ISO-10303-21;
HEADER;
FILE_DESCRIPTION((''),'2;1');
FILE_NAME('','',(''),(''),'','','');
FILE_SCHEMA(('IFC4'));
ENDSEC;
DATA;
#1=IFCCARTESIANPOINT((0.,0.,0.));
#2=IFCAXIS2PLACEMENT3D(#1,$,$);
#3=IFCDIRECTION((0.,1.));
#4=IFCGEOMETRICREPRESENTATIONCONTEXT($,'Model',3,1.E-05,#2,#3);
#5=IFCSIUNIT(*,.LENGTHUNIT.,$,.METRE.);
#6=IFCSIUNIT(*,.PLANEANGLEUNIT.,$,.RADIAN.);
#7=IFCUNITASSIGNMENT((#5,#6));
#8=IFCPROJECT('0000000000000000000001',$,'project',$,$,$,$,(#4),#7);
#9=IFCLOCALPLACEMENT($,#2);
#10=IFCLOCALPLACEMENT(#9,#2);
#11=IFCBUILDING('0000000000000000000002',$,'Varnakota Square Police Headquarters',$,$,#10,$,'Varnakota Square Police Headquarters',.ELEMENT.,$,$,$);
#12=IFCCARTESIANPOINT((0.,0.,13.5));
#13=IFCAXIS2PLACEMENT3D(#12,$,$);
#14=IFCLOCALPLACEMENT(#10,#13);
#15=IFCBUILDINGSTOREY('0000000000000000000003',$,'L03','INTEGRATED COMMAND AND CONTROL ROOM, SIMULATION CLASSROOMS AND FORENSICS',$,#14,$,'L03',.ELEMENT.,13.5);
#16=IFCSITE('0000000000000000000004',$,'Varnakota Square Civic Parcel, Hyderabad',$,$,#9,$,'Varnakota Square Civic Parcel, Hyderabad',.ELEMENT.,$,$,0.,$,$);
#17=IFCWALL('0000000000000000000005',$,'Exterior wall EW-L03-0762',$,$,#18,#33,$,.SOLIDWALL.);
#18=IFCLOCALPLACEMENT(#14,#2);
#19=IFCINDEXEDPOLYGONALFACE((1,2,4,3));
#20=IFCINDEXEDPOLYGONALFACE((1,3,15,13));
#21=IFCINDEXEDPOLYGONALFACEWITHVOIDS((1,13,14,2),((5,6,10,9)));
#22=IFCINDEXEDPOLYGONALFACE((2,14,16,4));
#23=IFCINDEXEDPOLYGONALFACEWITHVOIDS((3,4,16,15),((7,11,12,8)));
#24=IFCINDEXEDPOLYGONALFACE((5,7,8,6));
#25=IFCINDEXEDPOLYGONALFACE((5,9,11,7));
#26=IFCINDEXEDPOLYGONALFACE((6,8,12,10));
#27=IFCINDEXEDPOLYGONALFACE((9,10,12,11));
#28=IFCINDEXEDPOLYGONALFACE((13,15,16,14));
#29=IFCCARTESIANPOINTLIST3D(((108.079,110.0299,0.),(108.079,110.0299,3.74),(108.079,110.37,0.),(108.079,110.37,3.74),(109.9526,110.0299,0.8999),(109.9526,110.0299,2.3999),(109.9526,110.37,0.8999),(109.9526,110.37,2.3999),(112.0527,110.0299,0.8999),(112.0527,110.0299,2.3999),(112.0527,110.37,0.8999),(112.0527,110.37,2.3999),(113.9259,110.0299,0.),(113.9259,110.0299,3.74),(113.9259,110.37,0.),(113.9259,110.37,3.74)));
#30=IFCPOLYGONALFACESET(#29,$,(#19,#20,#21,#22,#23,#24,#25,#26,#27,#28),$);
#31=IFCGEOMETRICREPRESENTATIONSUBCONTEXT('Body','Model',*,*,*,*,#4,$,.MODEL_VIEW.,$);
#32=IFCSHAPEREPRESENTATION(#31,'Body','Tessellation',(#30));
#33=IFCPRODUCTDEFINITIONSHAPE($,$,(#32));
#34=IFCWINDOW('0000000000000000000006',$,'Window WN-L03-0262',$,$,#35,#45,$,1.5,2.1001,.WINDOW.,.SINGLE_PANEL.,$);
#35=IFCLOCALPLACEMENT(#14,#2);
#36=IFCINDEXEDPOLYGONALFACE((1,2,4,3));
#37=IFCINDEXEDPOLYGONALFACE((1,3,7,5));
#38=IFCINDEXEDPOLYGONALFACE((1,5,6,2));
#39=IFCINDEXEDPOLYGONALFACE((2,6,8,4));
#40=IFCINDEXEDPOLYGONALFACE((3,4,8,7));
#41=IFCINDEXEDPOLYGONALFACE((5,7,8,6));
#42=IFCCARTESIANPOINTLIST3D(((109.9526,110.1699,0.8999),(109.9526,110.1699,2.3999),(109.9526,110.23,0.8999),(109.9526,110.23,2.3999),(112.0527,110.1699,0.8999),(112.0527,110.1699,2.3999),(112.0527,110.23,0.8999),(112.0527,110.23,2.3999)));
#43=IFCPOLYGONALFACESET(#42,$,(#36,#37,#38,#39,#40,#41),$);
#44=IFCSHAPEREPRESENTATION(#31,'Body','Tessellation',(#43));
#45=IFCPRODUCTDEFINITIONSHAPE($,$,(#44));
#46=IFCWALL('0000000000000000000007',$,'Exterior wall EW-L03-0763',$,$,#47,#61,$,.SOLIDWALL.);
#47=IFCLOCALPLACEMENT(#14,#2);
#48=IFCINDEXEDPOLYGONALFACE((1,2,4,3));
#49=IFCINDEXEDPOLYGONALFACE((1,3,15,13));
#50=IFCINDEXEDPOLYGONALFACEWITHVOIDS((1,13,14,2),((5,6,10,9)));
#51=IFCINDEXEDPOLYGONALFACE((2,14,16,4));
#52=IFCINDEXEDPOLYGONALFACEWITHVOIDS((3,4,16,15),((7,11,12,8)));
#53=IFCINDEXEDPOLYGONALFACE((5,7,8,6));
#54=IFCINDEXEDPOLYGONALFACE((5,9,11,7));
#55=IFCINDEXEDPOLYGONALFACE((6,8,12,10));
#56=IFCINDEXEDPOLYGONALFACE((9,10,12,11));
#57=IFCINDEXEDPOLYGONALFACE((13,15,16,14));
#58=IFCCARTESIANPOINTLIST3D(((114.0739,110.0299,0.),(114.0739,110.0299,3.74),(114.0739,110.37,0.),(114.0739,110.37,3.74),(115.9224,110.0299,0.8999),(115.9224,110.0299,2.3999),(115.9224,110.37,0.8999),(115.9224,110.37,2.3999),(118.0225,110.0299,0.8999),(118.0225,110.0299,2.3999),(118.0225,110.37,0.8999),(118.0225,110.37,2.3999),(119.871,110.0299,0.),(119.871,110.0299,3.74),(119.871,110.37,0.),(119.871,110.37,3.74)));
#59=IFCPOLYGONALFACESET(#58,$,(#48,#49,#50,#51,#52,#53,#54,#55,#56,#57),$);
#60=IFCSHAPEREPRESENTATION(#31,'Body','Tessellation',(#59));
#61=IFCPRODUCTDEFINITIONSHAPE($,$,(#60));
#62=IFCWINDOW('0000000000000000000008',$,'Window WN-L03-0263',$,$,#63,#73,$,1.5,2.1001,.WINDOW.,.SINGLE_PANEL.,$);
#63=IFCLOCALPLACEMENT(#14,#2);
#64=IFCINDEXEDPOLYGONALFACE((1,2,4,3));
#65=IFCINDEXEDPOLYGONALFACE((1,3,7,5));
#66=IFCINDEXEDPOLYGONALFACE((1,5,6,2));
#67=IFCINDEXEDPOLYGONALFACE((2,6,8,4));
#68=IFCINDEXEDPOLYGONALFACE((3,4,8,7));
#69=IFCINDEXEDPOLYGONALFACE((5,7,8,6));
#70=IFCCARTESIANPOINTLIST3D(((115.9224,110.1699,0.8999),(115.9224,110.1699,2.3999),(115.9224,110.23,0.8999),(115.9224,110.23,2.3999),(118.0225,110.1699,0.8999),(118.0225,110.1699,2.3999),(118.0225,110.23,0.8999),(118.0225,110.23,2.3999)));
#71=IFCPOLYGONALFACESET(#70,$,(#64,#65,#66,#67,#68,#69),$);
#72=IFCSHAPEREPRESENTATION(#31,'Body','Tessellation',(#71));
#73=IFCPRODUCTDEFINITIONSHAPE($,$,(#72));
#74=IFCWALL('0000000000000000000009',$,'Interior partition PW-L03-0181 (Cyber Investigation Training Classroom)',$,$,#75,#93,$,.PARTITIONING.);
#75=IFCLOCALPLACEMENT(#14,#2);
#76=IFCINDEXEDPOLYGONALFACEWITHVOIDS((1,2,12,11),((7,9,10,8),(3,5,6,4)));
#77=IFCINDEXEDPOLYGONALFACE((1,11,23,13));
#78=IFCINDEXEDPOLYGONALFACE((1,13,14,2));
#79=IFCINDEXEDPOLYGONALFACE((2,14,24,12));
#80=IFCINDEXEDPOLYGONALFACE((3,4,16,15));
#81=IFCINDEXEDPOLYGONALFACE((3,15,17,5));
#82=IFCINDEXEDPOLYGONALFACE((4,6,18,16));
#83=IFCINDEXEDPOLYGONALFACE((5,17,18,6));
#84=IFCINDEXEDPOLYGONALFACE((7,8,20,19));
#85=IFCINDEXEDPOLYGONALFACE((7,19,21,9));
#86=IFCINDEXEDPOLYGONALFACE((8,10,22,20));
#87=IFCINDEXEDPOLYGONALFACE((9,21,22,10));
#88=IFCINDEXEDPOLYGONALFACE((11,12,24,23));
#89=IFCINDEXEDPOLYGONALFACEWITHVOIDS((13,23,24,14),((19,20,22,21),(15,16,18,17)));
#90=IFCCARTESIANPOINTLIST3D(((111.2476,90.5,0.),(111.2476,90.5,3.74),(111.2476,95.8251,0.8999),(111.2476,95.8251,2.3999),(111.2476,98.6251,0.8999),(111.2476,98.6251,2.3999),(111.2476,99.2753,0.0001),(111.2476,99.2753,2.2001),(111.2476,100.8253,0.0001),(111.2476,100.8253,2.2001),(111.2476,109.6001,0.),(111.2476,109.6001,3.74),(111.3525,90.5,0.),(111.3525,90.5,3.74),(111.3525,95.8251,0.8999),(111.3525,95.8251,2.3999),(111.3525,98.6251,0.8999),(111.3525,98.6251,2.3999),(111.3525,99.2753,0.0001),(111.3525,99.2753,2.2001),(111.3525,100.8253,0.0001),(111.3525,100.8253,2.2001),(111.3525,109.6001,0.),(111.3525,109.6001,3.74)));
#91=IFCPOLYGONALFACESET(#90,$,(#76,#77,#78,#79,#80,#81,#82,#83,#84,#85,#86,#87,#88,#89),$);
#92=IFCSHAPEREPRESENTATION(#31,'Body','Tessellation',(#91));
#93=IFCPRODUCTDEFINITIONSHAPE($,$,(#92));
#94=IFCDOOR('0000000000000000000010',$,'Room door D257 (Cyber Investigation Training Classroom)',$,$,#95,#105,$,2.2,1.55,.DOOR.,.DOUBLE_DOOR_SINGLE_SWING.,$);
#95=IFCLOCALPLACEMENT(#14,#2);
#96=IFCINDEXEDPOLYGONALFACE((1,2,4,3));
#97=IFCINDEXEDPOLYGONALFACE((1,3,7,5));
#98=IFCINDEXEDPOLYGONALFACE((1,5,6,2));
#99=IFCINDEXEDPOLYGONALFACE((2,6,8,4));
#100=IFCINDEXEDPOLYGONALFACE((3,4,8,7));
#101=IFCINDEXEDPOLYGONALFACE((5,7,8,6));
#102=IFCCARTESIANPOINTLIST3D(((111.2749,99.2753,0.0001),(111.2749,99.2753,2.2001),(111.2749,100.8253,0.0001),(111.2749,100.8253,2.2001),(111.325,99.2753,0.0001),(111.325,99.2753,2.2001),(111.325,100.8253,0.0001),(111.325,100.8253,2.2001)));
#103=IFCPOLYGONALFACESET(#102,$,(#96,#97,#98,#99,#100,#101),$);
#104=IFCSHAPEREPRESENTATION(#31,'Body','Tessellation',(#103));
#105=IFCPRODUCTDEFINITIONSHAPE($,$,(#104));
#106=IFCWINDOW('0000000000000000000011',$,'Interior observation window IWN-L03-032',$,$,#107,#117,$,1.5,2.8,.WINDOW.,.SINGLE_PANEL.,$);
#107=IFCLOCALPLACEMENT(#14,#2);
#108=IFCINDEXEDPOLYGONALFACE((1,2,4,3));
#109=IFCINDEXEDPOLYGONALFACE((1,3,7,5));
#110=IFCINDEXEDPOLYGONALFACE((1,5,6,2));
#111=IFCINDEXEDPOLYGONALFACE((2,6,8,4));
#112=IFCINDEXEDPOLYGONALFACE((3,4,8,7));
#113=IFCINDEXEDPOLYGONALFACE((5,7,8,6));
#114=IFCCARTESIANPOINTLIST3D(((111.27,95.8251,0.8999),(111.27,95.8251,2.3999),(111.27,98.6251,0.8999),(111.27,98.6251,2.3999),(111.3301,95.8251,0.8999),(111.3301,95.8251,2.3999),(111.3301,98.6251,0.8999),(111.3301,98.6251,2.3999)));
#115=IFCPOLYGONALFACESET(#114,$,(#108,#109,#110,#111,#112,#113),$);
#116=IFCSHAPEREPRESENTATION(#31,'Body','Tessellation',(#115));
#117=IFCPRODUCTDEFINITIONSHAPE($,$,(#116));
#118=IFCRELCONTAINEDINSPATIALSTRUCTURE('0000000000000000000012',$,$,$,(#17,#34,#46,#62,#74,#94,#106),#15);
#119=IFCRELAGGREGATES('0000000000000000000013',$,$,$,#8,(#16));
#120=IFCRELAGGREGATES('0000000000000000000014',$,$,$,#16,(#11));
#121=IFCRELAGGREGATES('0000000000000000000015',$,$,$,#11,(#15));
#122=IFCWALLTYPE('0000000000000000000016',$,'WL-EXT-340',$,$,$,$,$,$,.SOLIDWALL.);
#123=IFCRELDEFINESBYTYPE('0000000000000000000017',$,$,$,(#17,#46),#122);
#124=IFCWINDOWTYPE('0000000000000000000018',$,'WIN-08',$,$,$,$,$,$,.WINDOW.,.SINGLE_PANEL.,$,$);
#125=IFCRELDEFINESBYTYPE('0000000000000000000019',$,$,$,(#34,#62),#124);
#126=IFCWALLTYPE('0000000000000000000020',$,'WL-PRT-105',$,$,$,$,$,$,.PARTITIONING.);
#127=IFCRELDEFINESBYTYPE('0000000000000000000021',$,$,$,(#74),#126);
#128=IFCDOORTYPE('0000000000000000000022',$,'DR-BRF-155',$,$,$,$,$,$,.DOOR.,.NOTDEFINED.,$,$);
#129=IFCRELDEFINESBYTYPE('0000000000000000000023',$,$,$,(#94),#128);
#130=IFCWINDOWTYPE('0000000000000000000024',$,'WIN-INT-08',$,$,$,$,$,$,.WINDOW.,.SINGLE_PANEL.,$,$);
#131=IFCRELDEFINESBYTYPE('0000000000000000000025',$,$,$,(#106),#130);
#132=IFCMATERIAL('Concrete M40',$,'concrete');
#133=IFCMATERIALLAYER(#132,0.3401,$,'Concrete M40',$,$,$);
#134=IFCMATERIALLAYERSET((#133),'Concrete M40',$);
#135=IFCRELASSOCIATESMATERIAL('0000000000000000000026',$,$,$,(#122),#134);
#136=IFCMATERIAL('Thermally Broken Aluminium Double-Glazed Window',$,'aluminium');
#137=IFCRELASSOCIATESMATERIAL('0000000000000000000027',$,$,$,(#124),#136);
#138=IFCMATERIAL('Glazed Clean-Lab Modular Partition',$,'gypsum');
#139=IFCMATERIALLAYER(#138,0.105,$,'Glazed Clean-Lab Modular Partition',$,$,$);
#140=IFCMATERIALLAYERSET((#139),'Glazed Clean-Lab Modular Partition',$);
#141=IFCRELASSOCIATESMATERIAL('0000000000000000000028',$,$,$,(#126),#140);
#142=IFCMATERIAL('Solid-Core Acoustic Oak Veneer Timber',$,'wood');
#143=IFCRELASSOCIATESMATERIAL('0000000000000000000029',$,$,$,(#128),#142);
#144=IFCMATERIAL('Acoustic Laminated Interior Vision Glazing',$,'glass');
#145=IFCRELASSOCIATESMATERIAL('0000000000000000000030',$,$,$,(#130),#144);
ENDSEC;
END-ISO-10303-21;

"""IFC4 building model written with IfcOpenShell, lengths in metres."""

from ifc_helpers import new_model, si_unit, direction, frame, frame_2d, origin, place, context, subcontext, project, spatial, rectangle, extrude, material, layer, layer_set, type_object, element, fill, save


model = new_model("IFC4")

# Units and contexts
model_context = context("Model", 3, precision=1e-05, world=origin(), true_north=direction((0.0, 1.0)))
body_context = subcontext(model_context, "Body", "Model", "MODEL_VIEW")
ifc_project = project(units=[si_unit("LENGTHUNIT", "METRE"), si_unit("PLANEANGLEUNIT", "RADIAN")], contexts=[model_context])

# Site, building, storey
site_placement = place(None, origin())
site = spatial("IfcSite", under=ifc_project, at=site_placement, Name="Varnakota Square Civic Parcel, Hyderabad", LongName="Varnakota Square Civic Parcel, Hyderabad", CompositionType="ELEMENT", RefElevation=0.0)
building_placement = place(site_placement, origin())
building = spatial("IfcBuilding", under=site, at=building_placement, Name="Varnakota Square Police Headquarters", LongName="Varnakota Square Police Headquarters", CompositionType="ELEMENT")
storey_placement = place(building_placement, frame((0.0, 0.0, 13.5)))
storey = spatial("IfcBuildingStorey", under=building, at=storey_placement, Name="L03", Description="INTEGRATED COMMAND AND CONTROL ROOM, SIMULATION CLASSROOMS AND FORENSICS", LongName="L03", CompositionType="ELEMENT", Elevation=13.5)

# Walls, openings, windows
ifc_material_1 = material(Name="Concrete M40", Category="concrete")
ifc_layer_1 = layer(ifc_material_1, 0.3401, Name="Concrete M40")
ifc_layer_set_1 = layer_set([ifc_layer_1], Name="Concrete M40")
wall_type_1 = type_object("IfcWallType", Name="WL-EXT-340", PredefinedType="SOLIDWALL", material=ifc_layer_set_1)
wall_1_placement = place(storey_placement, frame((108.0791, 110.2, 0.0), z_axis=(0.0, 0.0, 1.0), x_axis=(1.0, 0.0, 0.0)))
wall_1 = element("IfcWall", 1, at=wall_1_placement, inside=storey, type_object=wall_type_1, Name="Exterior wall EW-L03-0762", PredefinedType="SOLIDWALL", context=body_context, shape_type="SweptSolid", body=[
    extrude(rectangle(XDim=5.8469, YDim=0.3401, at=frame_2d((2.9233, 0.0))), origin(), (0.0, 0.0, 1.0), 3.74),
])
opening_1_placement = place(wall_1_placement, frame((1.8735, 0.0, 0.8999)))
opening_1 = element("IfcOpeningElement", 2, at=opening_1_placement, cuts=wall_1, PredefinedType="OPENING", context=body_context, shape_type="SweptSolid", body=[
    extrude(rectangle(XDim=2.1001, YDim=1.5, at=frame_2d((1.05, 0.75))), frame((0.0, 0.1799, 0.0), z_axis=(0.0, -1.0, 0.0), x_axis=(1.0, 0.0, 0.0)), (0.0, 0.0, 1.0), 0.3601),
])
ifc_material_2 = material(Name="Thermally Broken Aluminium Double-Glazed Window", Category="aluminium")
window_type_1 = type_object("IfcWindowType", Name="WIN-08", PartitioningType="SINGLE_PANEL", PredefinedType="WINDOW", material=ifc_material_2)
window_1_placement = place(opening_1_placement, origin())
window_1 = element("IfcWindow", 3, at=window_1_placement, inside=storey, type_object=window_type_1, Name="Window WN-L03-0262", OverallHeight=1.5, OverallWidth=2.1001, PartitioningType="SINGLE_PANEL", PredefinedType="WINDOW", context=body_context, shape_type="SweptSolid", body=[
    extrude(rectangle(XDim=2.1001, YDim=1.5, at=frame_2d((1.05, 0.75))), frame((0.0, 0.03, 0.0), z_axis=(0.0, -1.0, 0.0), x_axis=(1.0, 0.0, 0.0)), (0.0, 0.0, 1.0), 0.0601),
])
fill(opening_1, window_1)
wall_2_placement = place(storey_placement, frame((114.074, 110.2, 0.0), z_axis=(0.0, 0.0, 1.0), x_axis=(1.0, 0.0, 0.0)))
wall_2 = element("IfcWall", 4, at=wall_2_placement, inside=storey, type_object=wall_type_1, Name="Exterior wall EW-L03-0763", PredefinedType="SOLIDWALL", context=body_context, shape_type="SweptSolid", body=[
    extrude(rectangle(XDim=5.7971, YDim=0.3401, at=frame_2d((2.8984, 0.0))), origin(), (0.0, 0.0, 1.0), 3.74),
])
opening_2_placement = place(wall_2_placement, frame((1.8484, 0.0, 0.8999)))
opening_2 = element("IfcOpeningElement", 5, at=opening_2_placement, cuts=wall_2, PredefinedType="OPENING", context=body_context, shape_type="SweptSolid", body=[
    extrude(rectangle(XDim=2.1001, YDim=1.5, at=frame_2d((1.05, 0.75))), frame((0.0, 0.1799, 0.0), z_axis=(0.0, -1.0, 0.0), x_axis=(1.0, 0.0, 0.0)), (0.0, 0.0, 1.0), 0.3601),
])
window_2_placement = place(opening_2_placement, origin())
window_2 = element("IfcWindow", 6, at=window_2_placement, inside=storey, type_object=window_type_1, Name="Window WN-L03-0263", OverallHeight=1.5, OverallWidth=2.1001, PartitioningType="SINGLE_PANEL", PredefinedType="WINDOW", context=body_context, shape_type="SweptSolid", body=[
    extrude(rectangle(XDim=2.1001, YDim=1.5, at=frame_2d((1.05, 0.75))), frame((0.0, 0.03, 0.0), z_axis=(0.0, -1.0, 0.0), x_axis=(1.0, 0.0, 0.0)), (0.0, 0.0, 1.0), 0.0601),
])
fill(opening_2, window_2)

# Wall, openings, door, window
ifc_material_3 = material(Name="Glazed Clean-Lab Modular Partition", Category="gypsum")
ifc_layer_2 = layer(ifc_material_3, 0.105, Name="Glazed Clean-Lab Modular Partition")
ifc_layer_set_2 = layer_set([ifc_layer_2], Name="Glazed Clean-Lab Modular Partition")
wall_type_2 = type_object("IfcWallType", Name="WL-PRT-105", PredefinedType="PARTITIONING", material=ifc_layer_set_2)
wall_3_placement = place(storey_placement, frame((111.3, 109.6001, 0.0), z_axis=(0.0, 0.0, 1.0), x_axis=(0.0, -1.0, 0.0)))
wall_3 = element("IfcWall", 7, at=wall_3_placement, inside=storey, type_object=wall_type_2, Name="Interior partition PW-L03-0181 (Cyber Investigation Training Classroom)", PredefinedType="PARTITIONING", context=body_context, shape_type="SweptSolid", body=[
    extrude(rectangle(XDim=19.1001, YDim=0.105, at=frame_2d((9.55, 0.0))), origin(), (0.0, 0.0, 1.0), 3.74),
])
opening_3_placement = place(wall_3_placement, frame((8.7749, 0.0, 0.0)))
opening_3 = element("IfcOpeningElement", 8, at=opening_3_placement, cuts=wall_3, PredefinedType="OPENING", context=body_context, shape_type="SweptSolid", body=[
    extrude(rectangle(XDim=1.55, YDim=2.2, at=frame_2d((0.7749, 1.1001))), frame((0.0, 0.0625, 0.0), z_axis=(0.0, -1.0, 0.0), x_axis=(1.0, 0.0, 0.0)), (0.0, 0.0, 1.0), 0.125),
])
opening_4_placement = place(wall_3_placement, frame((10.9751, 0.0, 0.8999)))
opening_4 = element("IfcOpeningElement", 9, at=opening_4_placement, cuts=wall_3, PredefinedType="OPENING", context=body_context, shape_type="SweptSolid", body=[
    extrude(rectangle(XDim=2.8, YDim=1.5, at=frame_2d((1.3999, 0.75))), frame((0.0, 0.0625, 0.0), z_axis=(0.0, -1.0, 0.0), x_axis=(1.0, 0.0, 0.0)), (0.0, 0.0, 1.0), 0.125),
])
ifc_material_4 = material(Name="Solid-Core Acoustic Oak Veneer Timber", Category="wood")
door_type = type_object("IfcDoorType", Name="DR-BRF-155", OperationType="NOTDEFINED", PredefinedType="DOOR", material=ifc_material_4)
door_placement = place(opening_3_placement, origin())
door = element("IfcDoor", 10, at=door_placement, inside=storey, type_object=door_type, Name="Room door D257 (Cyber Investigation Training Classroom)", OperationType="DOUBLE_DOOR_SINGLE_SWING", OverallHeight=2.2, OverallWidth=1.55, PredefinedType="DOOR", context=body_context, shape_type="SweptSolid", body=[
    extrude(rectangle(XDim=1.55, YDim=2.2, at=frame_2d((0.7749, 1.1001))), frame((0.0, 0.0249, 0.0), z_axis=(0.0, -1.0, 0.0), x_axis=(1.0, 0.0, 0.0)), (0.0, 0.0, 1.0), 0.05),
])
fill(opening_3, door)
ifc_material_5 = material(Name="Acoustic Laminated Interior Vision Glazing", Category="glass")
window_type_2 = type_object("IfcWindowType", Name="WIN-INT-08", PartitioningType="SINGLE_PANEL", PredefinedType="WINDOW", material=ifc_material_5)
window_3_placement = place(opening_4_placement, origin())
window_3 = element("IfcWindow", 11, at=window_3_placement, inside=storey, type_object=window_type_2, Name="Interior observation window IWN-L03-032", OverallHeight=1.5, OverallWidth=2.8, PartitioningType="SINGLE_PANEL", PredefinedType="WINDOW", context=body_context, shape_type="SweptSolid", body=[
    extrude(rectangle(XDim=2.8, YDim=1.5, at=frame_2d((1.3999, 0.75))), frame((0.0, 0.03, 0.0), z_axis=(0.0, -1.0, 0.0), x_axis=(1.0, 0.0, 0.0)), (0.0, 0.0, 1.0), 0.0601),
])
fill(opening_4, window_3)

save(model, "model.ifc")
